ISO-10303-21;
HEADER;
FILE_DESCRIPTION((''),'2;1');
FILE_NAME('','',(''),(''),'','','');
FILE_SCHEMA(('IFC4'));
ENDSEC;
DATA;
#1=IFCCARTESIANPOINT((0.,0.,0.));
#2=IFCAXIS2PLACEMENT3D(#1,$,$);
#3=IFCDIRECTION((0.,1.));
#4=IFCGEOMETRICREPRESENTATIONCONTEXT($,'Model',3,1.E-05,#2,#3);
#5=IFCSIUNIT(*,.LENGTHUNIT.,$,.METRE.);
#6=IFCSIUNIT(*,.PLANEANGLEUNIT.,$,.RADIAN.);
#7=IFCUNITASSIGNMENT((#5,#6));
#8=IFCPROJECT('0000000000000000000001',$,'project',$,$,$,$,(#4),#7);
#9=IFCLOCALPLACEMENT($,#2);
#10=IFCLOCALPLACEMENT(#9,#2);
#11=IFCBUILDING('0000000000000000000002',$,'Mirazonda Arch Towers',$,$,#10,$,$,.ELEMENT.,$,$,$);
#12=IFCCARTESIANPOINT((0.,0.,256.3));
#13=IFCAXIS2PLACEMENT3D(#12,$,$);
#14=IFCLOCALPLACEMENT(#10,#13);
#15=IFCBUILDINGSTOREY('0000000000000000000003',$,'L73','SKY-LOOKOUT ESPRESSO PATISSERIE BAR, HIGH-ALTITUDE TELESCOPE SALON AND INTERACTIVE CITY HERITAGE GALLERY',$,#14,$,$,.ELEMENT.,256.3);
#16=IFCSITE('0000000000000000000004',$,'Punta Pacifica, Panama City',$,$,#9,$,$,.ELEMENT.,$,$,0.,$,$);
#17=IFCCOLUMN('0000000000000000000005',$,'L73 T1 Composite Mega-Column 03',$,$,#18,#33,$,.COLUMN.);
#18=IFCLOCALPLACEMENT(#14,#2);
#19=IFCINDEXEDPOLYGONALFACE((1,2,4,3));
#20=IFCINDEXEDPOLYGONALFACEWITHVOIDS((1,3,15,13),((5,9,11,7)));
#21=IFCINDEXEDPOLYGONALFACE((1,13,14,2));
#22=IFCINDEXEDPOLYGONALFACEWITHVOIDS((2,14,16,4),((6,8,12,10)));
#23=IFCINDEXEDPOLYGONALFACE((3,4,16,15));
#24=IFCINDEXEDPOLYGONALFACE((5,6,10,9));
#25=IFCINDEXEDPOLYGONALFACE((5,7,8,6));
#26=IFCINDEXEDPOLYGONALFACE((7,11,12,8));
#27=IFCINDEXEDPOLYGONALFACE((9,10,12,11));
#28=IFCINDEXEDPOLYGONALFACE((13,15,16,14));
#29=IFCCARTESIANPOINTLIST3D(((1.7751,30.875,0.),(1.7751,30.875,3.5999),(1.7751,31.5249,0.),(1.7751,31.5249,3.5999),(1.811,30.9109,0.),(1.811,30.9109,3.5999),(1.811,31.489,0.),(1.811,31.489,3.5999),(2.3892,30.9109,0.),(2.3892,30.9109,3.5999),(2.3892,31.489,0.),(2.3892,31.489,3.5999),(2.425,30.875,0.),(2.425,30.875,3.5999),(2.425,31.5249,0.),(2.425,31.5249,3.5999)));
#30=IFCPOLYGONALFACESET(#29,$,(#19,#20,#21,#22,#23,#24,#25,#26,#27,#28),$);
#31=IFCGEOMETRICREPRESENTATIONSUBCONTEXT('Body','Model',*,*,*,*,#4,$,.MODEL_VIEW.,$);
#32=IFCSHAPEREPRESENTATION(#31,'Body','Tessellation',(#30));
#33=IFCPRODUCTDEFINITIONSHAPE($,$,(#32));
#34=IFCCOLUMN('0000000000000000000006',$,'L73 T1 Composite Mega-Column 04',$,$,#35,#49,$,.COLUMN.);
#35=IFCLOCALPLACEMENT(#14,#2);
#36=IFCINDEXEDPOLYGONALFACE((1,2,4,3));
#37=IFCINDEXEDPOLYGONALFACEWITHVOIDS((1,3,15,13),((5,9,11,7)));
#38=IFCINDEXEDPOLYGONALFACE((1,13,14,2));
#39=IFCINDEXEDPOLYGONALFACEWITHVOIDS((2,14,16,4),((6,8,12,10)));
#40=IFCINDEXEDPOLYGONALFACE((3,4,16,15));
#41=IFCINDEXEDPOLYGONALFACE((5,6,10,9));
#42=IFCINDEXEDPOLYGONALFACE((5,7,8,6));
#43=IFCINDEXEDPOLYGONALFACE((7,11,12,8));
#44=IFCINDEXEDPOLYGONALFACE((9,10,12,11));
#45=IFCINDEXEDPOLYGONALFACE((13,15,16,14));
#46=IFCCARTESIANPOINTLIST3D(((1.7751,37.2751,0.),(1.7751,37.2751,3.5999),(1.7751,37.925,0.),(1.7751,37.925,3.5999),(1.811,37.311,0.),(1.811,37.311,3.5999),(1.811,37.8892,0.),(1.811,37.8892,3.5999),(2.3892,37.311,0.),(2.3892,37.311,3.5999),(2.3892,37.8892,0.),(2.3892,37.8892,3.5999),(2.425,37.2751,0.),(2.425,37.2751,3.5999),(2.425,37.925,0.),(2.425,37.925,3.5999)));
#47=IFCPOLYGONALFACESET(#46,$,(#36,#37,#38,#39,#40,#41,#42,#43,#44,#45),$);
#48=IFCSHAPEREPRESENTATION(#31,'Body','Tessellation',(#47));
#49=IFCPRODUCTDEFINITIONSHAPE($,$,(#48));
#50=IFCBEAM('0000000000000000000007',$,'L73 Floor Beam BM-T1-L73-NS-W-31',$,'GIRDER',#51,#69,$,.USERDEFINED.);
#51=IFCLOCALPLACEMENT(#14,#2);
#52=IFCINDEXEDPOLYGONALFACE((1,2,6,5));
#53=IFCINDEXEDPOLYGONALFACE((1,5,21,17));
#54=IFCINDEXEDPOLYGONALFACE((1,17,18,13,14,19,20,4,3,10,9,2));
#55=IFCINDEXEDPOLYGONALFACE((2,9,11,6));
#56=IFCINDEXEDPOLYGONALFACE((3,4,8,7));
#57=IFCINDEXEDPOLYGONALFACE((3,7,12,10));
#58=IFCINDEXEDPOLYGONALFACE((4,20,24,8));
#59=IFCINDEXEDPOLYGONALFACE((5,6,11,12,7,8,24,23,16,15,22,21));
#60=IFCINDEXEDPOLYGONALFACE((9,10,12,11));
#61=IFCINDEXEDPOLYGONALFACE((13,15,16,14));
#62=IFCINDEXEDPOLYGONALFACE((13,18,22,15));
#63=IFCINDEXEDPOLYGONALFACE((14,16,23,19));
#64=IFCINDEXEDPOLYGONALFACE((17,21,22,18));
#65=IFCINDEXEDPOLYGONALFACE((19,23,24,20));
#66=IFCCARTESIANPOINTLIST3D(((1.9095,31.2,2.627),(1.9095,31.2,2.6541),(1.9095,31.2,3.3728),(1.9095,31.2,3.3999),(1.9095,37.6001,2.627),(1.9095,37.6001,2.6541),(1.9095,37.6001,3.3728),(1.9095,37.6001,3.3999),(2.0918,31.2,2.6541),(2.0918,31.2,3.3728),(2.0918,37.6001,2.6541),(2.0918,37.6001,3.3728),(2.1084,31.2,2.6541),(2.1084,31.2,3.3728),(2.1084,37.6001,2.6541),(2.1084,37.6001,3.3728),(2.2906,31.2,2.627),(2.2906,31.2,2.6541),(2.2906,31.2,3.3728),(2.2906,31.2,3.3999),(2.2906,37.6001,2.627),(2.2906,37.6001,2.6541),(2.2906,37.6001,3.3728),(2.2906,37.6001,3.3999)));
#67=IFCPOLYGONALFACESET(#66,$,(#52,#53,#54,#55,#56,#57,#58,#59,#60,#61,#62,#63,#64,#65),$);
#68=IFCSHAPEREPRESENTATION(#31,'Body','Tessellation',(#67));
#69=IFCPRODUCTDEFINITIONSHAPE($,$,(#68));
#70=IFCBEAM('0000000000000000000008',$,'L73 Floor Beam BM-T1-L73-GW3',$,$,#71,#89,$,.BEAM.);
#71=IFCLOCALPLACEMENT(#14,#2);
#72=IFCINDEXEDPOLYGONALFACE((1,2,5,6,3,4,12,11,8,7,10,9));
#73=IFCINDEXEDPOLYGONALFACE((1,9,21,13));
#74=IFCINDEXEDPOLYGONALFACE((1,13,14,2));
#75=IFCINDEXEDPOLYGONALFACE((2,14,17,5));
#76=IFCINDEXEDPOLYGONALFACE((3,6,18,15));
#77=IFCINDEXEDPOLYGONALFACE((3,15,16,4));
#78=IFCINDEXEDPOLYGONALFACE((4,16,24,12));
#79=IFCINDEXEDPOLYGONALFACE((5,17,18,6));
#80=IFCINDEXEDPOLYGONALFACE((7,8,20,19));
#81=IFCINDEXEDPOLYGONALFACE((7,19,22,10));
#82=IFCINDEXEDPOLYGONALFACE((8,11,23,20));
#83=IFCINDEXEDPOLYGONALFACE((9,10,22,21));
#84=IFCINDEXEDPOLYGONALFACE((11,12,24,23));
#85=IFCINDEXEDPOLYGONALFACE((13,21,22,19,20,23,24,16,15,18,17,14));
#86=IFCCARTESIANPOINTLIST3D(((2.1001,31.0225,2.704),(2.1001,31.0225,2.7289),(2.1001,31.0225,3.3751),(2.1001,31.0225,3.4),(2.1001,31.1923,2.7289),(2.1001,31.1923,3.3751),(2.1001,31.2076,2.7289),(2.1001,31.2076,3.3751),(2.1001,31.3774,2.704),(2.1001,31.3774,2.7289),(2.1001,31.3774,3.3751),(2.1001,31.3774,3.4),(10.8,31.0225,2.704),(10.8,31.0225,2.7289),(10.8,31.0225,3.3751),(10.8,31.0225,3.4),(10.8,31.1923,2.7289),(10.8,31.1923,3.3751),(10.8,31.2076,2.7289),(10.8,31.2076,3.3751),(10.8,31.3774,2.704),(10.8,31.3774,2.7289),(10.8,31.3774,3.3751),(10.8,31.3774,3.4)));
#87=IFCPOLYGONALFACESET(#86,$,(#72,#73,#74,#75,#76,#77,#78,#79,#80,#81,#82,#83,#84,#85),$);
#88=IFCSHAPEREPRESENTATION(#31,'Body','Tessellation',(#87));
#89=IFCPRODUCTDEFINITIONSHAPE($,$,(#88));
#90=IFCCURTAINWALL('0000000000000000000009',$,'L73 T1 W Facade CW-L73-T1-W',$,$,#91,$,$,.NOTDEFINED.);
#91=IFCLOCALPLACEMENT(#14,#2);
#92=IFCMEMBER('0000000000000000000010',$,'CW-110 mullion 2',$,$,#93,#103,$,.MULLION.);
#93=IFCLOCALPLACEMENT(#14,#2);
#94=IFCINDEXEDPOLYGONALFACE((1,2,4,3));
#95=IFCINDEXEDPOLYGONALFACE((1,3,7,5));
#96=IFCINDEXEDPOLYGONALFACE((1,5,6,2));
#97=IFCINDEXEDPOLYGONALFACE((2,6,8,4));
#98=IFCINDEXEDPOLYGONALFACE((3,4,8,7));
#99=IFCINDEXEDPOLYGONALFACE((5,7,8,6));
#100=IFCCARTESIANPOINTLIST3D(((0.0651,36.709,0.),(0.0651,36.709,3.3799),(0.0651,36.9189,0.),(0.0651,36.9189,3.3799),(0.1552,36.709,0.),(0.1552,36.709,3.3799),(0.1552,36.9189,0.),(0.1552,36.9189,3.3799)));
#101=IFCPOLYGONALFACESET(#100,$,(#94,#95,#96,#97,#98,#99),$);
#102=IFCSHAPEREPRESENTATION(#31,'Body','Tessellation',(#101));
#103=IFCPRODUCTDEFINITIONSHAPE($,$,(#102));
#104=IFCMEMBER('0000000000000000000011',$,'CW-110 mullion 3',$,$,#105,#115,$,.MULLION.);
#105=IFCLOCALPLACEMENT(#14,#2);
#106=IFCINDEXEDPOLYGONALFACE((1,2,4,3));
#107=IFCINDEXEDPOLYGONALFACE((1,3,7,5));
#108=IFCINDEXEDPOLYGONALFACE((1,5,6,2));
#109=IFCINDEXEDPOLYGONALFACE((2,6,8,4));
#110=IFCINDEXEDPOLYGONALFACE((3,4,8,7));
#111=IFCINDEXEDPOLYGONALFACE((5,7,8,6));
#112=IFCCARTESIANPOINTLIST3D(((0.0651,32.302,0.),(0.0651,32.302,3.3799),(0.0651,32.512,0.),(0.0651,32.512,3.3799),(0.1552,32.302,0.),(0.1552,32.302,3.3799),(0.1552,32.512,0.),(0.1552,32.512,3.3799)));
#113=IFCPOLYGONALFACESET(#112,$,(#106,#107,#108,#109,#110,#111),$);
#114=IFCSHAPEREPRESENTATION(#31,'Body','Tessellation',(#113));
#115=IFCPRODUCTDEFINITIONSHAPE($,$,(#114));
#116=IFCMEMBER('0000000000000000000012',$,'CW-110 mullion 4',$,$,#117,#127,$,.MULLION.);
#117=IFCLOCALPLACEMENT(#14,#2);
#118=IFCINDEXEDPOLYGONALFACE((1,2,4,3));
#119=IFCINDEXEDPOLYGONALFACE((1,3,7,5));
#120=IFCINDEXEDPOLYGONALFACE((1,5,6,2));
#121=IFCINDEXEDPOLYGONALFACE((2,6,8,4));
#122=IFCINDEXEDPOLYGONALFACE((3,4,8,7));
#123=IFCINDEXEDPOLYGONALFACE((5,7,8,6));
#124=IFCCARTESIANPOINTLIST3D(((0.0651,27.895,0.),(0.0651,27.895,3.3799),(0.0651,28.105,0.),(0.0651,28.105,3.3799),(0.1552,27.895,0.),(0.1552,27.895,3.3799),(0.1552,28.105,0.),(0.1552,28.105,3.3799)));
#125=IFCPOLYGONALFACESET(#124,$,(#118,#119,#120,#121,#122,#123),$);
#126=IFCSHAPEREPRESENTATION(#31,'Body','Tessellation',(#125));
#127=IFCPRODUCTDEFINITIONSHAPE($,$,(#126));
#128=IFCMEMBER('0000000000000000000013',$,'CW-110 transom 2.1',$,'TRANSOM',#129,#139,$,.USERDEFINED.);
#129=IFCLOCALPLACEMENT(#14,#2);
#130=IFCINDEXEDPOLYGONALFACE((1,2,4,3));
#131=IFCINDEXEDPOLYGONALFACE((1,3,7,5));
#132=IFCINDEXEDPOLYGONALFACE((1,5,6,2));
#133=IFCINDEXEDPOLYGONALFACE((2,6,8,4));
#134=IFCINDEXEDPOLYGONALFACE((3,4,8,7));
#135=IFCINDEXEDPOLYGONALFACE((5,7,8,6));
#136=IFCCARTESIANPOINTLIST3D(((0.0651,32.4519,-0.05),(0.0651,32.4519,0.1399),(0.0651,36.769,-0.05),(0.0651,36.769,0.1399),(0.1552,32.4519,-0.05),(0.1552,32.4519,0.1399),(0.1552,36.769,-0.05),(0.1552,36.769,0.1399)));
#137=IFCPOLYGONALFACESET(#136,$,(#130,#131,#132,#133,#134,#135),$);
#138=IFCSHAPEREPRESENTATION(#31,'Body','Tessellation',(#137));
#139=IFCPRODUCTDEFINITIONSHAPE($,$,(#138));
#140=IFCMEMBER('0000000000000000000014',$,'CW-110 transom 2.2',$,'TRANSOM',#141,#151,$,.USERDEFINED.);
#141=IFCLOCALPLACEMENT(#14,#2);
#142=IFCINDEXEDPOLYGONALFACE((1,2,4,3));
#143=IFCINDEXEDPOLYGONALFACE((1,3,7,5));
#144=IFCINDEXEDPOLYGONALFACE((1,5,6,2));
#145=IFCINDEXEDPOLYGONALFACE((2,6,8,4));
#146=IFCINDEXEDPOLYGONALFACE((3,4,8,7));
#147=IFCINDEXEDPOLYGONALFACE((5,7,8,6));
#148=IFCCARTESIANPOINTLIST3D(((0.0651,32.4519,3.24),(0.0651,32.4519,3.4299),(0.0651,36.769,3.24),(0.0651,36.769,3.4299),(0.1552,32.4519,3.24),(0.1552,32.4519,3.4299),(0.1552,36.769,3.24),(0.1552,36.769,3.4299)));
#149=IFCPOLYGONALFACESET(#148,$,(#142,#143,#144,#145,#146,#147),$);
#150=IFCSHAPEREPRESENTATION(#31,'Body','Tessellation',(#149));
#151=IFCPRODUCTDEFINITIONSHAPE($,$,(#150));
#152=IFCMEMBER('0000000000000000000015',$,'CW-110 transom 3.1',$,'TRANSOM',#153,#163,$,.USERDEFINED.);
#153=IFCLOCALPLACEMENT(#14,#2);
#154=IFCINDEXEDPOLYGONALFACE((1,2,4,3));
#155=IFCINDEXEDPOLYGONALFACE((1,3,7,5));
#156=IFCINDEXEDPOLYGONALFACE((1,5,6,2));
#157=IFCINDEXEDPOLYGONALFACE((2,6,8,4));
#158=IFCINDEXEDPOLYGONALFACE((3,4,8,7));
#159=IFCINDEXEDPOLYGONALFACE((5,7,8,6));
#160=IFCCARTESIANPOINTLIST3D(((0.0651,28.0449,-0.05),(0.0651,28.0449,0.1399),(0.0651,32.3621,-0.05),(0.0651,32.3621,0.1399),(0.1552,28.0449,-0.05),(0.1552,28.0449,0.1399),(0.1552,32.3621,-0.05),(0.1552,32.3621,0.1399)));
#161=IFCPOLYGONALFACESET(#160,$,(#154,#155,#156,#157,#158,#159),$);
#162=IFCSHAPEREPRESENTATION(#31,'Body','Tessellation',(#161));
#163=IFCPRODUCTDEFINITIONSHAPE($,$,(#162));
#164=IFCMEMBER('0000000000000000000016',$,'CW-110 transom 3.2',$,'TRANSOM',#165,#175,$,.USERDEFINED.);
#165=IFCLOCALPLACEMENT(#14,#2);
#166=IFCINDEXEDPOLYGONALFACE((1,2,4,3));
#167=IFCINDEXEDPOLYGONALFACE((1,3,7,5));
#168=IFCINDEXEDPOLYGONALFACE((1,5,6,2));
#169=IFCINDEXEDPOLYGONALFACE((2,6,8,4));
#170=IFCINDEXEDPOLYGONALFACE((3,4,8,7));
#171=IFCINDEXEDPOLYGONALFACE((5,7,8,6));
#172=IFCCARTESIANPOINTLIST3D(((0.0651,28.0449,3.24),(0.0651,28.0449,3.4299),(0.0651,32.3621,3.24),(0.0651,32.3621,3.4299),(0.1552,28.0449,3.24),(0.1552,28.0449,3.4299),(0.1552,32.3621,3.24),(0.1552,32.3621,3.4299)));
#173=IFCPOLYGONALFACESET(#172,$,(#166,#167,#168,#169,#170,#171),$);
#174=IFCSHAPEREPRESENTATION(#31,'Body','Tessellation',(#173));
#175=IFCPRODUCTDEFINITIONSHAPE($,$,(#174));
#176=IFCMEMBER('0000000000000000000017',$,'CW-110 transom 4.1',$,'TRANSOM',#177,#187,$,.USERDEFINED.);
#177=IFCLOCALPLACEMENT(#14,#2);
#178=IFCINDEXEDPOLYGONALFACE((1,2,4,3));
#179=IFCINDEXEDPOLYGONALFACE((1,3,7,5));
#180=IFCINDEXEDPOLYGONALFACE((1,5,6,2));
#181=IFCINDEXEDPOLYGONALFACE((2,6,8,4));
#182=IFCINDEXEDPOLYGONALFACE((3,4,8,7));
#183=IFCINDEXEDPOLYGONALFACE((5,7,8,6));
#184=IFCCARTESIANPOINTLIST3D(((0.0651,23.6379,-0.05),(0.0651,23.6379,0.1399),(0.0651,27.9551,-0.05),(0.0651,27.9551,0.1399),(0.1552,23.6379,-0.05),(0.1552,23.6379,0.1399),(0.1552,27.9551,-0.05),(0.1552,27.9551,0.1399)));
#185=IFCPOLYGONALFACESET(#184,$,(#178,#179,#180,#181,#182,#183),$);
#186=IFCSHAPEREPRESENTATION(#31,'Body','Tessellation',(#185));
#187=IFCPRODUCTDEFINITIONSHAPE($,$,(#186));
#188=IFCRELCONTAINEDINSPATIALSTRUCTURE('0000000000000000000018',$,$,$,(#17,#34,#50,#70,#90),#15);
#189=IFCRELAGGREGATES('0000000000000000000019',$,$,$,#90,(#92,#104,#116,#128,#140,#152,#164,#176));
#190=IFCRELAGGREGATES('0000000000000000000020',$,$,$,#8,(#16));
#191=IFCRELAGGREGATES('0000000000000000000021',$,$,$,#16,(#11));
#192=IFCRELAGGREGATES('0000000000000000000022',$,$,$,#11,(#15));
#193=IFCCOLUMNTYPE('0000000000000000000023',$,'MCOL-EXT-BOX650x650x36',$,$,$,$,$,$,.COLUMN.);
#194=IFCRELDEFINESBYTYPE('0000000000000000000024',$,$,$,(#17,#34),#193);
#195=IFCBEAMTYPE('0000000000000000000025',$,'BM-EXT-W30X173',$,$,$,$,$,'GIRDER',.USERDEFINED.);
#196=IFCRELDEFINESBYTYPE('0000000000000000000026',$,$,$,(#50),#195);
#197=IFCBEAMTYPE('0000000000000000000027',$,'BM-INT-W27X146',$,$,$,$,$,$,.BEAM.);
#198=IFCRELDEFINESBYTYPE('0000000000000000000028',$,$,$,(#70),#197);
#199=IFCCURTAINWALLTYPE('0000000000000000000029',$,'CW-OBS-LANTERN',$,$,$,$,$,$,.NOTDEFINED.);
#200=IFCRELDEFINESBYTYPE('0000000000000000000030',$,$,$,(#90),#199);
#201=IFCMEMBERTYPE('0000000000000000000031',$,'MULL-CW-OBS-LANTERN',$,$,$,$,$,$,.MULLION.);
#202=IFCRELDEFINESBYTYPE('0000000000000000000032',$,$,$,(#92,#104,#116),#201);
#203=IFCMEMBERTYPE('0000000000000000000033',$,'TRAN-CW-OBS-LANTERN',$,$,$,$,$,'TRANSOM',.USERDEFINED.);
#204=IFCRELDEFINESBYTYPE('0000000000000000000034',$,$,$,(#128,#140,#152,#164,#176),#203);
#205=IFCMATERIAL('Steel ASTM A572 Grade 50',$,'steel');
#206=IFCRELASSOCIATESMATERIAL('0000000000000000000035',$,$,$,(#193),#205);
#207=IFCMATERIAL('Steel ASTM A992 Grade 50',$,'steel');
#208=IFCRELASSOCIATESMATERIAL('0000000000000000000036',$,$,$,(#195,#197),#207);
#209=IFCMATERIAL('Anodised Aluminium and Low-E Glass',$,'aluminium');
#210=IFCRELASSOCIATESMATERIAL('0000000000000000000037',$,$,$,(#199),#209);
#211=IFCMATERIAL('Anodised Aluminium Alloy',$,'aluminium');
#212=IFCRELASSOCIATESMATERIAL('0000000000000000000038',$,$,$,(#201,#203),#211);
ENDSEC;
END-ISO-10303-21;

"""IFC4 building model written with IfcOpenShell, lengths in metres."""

from ifc_helpers import new_model, si_unit, direction, frame, origin, origin_2d, place, context, subcontext, project, spatial, rectangle, hollow_rectangle, i_section, extrude, material, material_profile, profile_set, type_object, element, aggregate, save


model = new_model("IFC4")

# Units and contexts
model_context = context("Model", 3, precision=1e-05, world=origin(), true_north=direction((0.0, 1.0)))
body_context = subcontext(model_context, "Body", "Model", "MODEL_VIEW")
ifc_project = project(units=[si_unit("LENGTHUNIT", "METRE"), si_unit("PLANEANGLEUNIT", "RADIAN")], contexts=[model_context])

# Site, building, storey
site_placement = place(None, origin())
site = spatial("IfcSite", under=ifc_project, at=site_placement, Name="Punta Pacifica, Panama City", CompositionType="ELEMENT", RefElevation=0.0)
building_placement = place(site_placement, origin())
building = spatial("IfcBuilding", under=site, at=building_placement, Name="Mirazonda Arch Towers", CompositionType="ELEMENT")
storey_placement = place(building_placement, frame((0.0, 0.0, 256.3)))
storey = spatial("IfcBuildingStorey", under=building, at=storey_placement, Name="L73", Description="SKY-LOOKOUT ESPRESSO PATISSERIE BAR, HIGH-ALTITUDE TELESCOPE SALON AND INTERACTIVE CITY HERITAGE GALLERY", CompositionType="ELEMENT", Elevation=256.3)

# Columns
ifc_material_1 = material(Name="Steel ASTM A572 Grade 50", Category="steel")
ifc_material_profile_1 = material_profile(ifc_material_1, hollow_rectangle(XDim=0.6499, YDim=0.6499, WallThickness=0.0359, at=origin_2d()), Name="BOX650x650x36")
ifc_profile_set_1 = profile_set([ifc_material_profile_1], Name="Steel ASTM A572 Grade 50")
column_type = type_object("IfcColumnType", Name="MCOL-EXT-BOX650x650x36", PredefinedType="COLUMN", material=ifc_profile_set_1)
for number, where, z_axis, x_axis, name in (
    (1, (2.1001, 31.2, 0.0), (0.0, 0.0, 1.0), (1.0, 0.0, 0.0), "L73 T1 Composite Mega-Column 03"),
    (2, (2.1001, 37.6001, 0.0), (0.0, 0.0, 1.0), (1.0, 0.0, 0.0), "L73 T1 Composite Mega-Column 04"),
):
    element("IfcColumn", number, at=place(storey_placement, frame(where, z_axis=z_axis, x_axis=x_axis)), inside=storey, type_object=column_type, Name=name, PredefinedType="COLUMN", context=body_context, shape_type="SweptSolid", body=[
        extrude(hollow_rectangle(XDim=0.6499, YDim=0.6499, WallThickness=0.0359, at=origin_2d()), origin(), (0.0, 0.0, 1.0), 3.5999),
    ])

# Beams
ifc_material_2 = material(Name="Steel ASTM A992 Grade 50", Category="steel")
ifc_material_profile_2 = material_profile(ifc_material_2, i_section(OverallWidth=0.3811, OverallDepth=0.7729, WebThickness=0.0166, FlangeThickness=0.0271, at=origin_2d()), Name="W30X173")
ifc_profile_set_2 = profile_set([ifc_material_profile_2], Name="Steel ASTM A992 Grade 50")
beam_type_1 = type_object("IfcBeamType", Name="BM-EXT-W30X173", ElementType="GIRDER", PredefinedType="USERDEFINED", material=ifc_profile_set_2)
beam_1_placement = place(storey_placement, frame((2.1001, 31.2, 3.0134), z_axis=(0.0, 1.0, 0.0), x_axis=(-1.0, 0.0, 0.0)))
element("IfcBeam", 3, at=beam_1_placement, inside=storey, type_object=beam_type_1, Name="L73 Floor Beam BM-T1-L73-NS-W-31", ObjectType="GIRDER", PredefinedType="USERDEFINED", context=body_context, shape_type="SweptSolid", body=[
    extrude(i_section(OverallWidth=0.3811, OverallDepth=0.7729, WebThickness=0.0166, FlangeThickness=0.0271, at=origin_2d()), origin(), (0.0, 0.0, 1.0), 6.4001),
])
ifc_material_profile_3 = material_profile(ifc_material_2, i_section(OverallWidth=0.355, OverallDepth=0.696, WebThickness=0.0154, FlangeThickness=0.0249, at=origin_2d()), Name="W27X146")
ifc_profile_set_3 = profile_set([ifc_material_profile_3], Name="Steel ASTM A992 Grade 50")
beam_type_2 = type_object("IfcBeamType", Name="BM-INT-W27X146", PredefinedType="BEAM", material=ifc_profile_set_3)
beam_2_placement = place(storey_placement, frame((2.1001, 31.2, 3.052), z_axis=(1.0, 0.0, 0.0), x_axis=(0.0, 1.0, 0.0)))
element("IfcBeam", 4, at=beam_2_placement, inside=storey, type_object=beam_type_2, Name="L73 Floor Beam BM-T1-L73-GW3", PredefinedType="BEAM", context=body_context, shape_type="SweptSolid", body=[
    extrude(i_section(OverallWidth=0.355, OverallDepth=0.696, WebThickness=0.0154, FlangeThickness=0.0249, at=origin_2d()), origin(), (0.0, 0.0, 1.0), 8.7),
])

# Curtain wall, members
ifc_material_3 = material(Name="Anodised Aluminium and Low-E Glass", Category="aluminium")
curtain_wall_type = type_object("IfcCurtainWallType", Name="CW-OBS-LANTERN", PredefinedType="NOTDEFINED", material=ifc_material_3)
curtain_wall_placement = place(storey_placement, origin())
curtain_wall = element("IfcCurtainWall", 5, at=curtain_wall_placement, inside=storey, type_object=curtain_wall_type, Name="L73 T1 W Facade CW-L73-T1-W", PredefinedType="NOTDEFINED")
ifc_material_4 = material(Name="Anodised Aluminium Alloy", Category="aluminium")
ifc_material_profile_4 = material_profile(ifc_material_4, rectangle(XDim=0.0901, YDim=0.21, at=origin_2d()), Name="ALU-MULL-90x210")
ifc_profile_set_4 = profile_set([ifc_material_profile_4], Name="Anodised Aluminium Alloy")
member_type_1 = type_object("IfcMemberType", Name="MULL-CW-OBS-LANTERN", PredefinedType="MULLION", material=ifc_profile_set_4)
member_1_placement = place(storey_placement, frame((0.1101, 36.814, 0.0), z_axis=(0.0, 0.0, 1.0), x_axis=(1.0, 0.0, 0.0)))
member_1 = element("IfcMember", 6, at=member_1_placement, type_object=member_type_1, Name="CW-110 mullion 2", PredefinedType="MULLION", context=body_context, shape_type="SweptSolid", body=[
    extrude(rectangle(XDim=0.0901, YDim=0.21, at=origin_2d()), origin(), (0.0, 0.0, 1.0), 3.3799),
])
member_2_placement = place(storey_placement, frame((0.1101, 32.407, 0.0), z_axis=(0.0, 0.0, 1.0), x_axis=(1.0, 0.0, 0.0)))
member_2 = element("IfcMember", 7, at=member_2_placement, type_object=member_type_1, Name="CW-110 mullion 3", PredefinedType="MULLION", context=body_context, shape_type="SweptSolid", body=[
    extrude(rectangle(XDim=0.0901, YDim=0.21, at=origin_2d()), origin(), (0.0, 0.0, 1.0), 3.3799),
])
member_3_placement = place(storey_placement, frame((0.1101, 28.0, 0.0), z_axis=(0.0, 0.0, 1.0), x_axis=(1.0, 0.0, 0.0)))
member_3 = element("IfcMember", 8, at=member_3_placement, type_object=member_type_1, Name="CW-110 mullion 4", PredefinedType="MULLION", context=body_context, shape_type="SweptSolid", body=[
    extrude(rectangle(XDim=0.0901, YDim=0.21, at=origin_2d()), origin(), (0.0, 0.0, 1.0), 3.3799),
])
ifc_material_profile_5 = material_profile(ifc_material_4, rectangle(XDim=0.0901, YDim=0.1899, at=origin_2d()), Name="ALU-TRAN-90x190")
ifc_profile_set_5 = profile_set([ifc_material_profile_5], Name="Anodised Aluminium Alloy")
member_type_2 = type_object("IfcMemberType", Name="TRAN-CW-OBS-LANTERN", ElementType="TRANSOM", PredefinedType="USERDEFINED", material=ifc_profile_set_5)
member_4_placement = place(storey_placement, frame((0.1101, 36.769, 0.0449), z_axis=(0.0, -1.0, 0.0), x_axis=(1.0, 0.0, 0.0)))
member_4 = element("IfcMember", 9, at=member_4_placement, type_object=member_type_2, Name="CW-110 transom 2.1", ObjectType="TRANSOM", PredefinedType="USERDEFINED", context=body_context, shape_type="SweptSolid", body=[
    extrude(rectangle(XDim=0.0901, YDim=0.1899, at=origin_2d()), origin(), (0.0, 0.0, 1.0), 4.3171),
])
member_5_placement = place(storey_placement, frame((0.1101, 36.769, 3.335), z_axis=(0.0, -1.0, 0.0), x_axis=(1.0, 0.0, 0.0)))
member_5 = element("IfcMember", 10, at=member_5_placement, type_object=member_type_2, Name="CW-110 transom 2.2", ObjectType="TRANSOM", PredefinedType="USERDEFINED", context=body_context, shape_type="SweptSolid", body=[
    extrude(rectangle(XDim=0.0901, YDim=0.1899, at=origin_2d()), origin(), (0.0, 0.0, 1.0), 4.3171),
])
member_6_placement = place(storey_placement, frame((0.1101, 32.3621, 0.0449), z_axis=(0.0, -1.0, 0.0), x_axis=(1.0, 0.0, 0.0)))
member_6 = element("IfcMember", 11, at=member_6_placement, type_object=member_type_2, Name="CW-110 transom 3.1", ObjectType="TRANSOM", PredefinedType="USERDEFINED", context=body_context, shape_type="SweptSolid", body=[
    extrude(rectangle(XDim=0.0901, YDim=0.1899, at=origin_2d()), origin(), (0.0, 0.0, 1.0), 4.3171),
])
member_7_placement = place(storey_placement, frame((0.1101, 32.3621, 3.335), z_axis=(0.0, -1.0, 0.0), x_axis=(1.0, 0.0, 0.0)))
member_7 = element("IfcMember", 12, at=member_7_placement, type_object=member_type_2, Name="CW-110 transom 3.2", ObjectType="TRANSOM", PredefinedType="USERDEFINED", context=body_context, shape_type="SweptSolid", body=[
    extrude(rectangle(XDim=0.0901, YDim=0.1899, at=origin_2d()), origin(), (0.0, 0.0, 1.0), 4.3171),
])
member_8_placement = place(storey_placement, frame((0.1101, 27.9551, 0.0449), z_axis=(0.0, -1.0, 0.0), x_axis=(1.0, 0.0, 0.0)))
member_8 = element("IfcMember", 13, at=member_8_placement, type_object=member_type_2, Name="CW-110 transom 4.1", ObjectType="TRANSOM", PredefinedType="USERDEFINED", context=body_context, shape_type="SweptSolid", body=[
    extrude(rectangle(XDim=0.0901, YDim=0.1899, at=origin_2d()), origin(), (0.0, 0.0, 1.0), 4.3171),
])
aggregate(curtain_wall, [member_1, member_2, member_3, member_4, member_5, member_6, member_7, member_8])

save(model, "model.ifc")
